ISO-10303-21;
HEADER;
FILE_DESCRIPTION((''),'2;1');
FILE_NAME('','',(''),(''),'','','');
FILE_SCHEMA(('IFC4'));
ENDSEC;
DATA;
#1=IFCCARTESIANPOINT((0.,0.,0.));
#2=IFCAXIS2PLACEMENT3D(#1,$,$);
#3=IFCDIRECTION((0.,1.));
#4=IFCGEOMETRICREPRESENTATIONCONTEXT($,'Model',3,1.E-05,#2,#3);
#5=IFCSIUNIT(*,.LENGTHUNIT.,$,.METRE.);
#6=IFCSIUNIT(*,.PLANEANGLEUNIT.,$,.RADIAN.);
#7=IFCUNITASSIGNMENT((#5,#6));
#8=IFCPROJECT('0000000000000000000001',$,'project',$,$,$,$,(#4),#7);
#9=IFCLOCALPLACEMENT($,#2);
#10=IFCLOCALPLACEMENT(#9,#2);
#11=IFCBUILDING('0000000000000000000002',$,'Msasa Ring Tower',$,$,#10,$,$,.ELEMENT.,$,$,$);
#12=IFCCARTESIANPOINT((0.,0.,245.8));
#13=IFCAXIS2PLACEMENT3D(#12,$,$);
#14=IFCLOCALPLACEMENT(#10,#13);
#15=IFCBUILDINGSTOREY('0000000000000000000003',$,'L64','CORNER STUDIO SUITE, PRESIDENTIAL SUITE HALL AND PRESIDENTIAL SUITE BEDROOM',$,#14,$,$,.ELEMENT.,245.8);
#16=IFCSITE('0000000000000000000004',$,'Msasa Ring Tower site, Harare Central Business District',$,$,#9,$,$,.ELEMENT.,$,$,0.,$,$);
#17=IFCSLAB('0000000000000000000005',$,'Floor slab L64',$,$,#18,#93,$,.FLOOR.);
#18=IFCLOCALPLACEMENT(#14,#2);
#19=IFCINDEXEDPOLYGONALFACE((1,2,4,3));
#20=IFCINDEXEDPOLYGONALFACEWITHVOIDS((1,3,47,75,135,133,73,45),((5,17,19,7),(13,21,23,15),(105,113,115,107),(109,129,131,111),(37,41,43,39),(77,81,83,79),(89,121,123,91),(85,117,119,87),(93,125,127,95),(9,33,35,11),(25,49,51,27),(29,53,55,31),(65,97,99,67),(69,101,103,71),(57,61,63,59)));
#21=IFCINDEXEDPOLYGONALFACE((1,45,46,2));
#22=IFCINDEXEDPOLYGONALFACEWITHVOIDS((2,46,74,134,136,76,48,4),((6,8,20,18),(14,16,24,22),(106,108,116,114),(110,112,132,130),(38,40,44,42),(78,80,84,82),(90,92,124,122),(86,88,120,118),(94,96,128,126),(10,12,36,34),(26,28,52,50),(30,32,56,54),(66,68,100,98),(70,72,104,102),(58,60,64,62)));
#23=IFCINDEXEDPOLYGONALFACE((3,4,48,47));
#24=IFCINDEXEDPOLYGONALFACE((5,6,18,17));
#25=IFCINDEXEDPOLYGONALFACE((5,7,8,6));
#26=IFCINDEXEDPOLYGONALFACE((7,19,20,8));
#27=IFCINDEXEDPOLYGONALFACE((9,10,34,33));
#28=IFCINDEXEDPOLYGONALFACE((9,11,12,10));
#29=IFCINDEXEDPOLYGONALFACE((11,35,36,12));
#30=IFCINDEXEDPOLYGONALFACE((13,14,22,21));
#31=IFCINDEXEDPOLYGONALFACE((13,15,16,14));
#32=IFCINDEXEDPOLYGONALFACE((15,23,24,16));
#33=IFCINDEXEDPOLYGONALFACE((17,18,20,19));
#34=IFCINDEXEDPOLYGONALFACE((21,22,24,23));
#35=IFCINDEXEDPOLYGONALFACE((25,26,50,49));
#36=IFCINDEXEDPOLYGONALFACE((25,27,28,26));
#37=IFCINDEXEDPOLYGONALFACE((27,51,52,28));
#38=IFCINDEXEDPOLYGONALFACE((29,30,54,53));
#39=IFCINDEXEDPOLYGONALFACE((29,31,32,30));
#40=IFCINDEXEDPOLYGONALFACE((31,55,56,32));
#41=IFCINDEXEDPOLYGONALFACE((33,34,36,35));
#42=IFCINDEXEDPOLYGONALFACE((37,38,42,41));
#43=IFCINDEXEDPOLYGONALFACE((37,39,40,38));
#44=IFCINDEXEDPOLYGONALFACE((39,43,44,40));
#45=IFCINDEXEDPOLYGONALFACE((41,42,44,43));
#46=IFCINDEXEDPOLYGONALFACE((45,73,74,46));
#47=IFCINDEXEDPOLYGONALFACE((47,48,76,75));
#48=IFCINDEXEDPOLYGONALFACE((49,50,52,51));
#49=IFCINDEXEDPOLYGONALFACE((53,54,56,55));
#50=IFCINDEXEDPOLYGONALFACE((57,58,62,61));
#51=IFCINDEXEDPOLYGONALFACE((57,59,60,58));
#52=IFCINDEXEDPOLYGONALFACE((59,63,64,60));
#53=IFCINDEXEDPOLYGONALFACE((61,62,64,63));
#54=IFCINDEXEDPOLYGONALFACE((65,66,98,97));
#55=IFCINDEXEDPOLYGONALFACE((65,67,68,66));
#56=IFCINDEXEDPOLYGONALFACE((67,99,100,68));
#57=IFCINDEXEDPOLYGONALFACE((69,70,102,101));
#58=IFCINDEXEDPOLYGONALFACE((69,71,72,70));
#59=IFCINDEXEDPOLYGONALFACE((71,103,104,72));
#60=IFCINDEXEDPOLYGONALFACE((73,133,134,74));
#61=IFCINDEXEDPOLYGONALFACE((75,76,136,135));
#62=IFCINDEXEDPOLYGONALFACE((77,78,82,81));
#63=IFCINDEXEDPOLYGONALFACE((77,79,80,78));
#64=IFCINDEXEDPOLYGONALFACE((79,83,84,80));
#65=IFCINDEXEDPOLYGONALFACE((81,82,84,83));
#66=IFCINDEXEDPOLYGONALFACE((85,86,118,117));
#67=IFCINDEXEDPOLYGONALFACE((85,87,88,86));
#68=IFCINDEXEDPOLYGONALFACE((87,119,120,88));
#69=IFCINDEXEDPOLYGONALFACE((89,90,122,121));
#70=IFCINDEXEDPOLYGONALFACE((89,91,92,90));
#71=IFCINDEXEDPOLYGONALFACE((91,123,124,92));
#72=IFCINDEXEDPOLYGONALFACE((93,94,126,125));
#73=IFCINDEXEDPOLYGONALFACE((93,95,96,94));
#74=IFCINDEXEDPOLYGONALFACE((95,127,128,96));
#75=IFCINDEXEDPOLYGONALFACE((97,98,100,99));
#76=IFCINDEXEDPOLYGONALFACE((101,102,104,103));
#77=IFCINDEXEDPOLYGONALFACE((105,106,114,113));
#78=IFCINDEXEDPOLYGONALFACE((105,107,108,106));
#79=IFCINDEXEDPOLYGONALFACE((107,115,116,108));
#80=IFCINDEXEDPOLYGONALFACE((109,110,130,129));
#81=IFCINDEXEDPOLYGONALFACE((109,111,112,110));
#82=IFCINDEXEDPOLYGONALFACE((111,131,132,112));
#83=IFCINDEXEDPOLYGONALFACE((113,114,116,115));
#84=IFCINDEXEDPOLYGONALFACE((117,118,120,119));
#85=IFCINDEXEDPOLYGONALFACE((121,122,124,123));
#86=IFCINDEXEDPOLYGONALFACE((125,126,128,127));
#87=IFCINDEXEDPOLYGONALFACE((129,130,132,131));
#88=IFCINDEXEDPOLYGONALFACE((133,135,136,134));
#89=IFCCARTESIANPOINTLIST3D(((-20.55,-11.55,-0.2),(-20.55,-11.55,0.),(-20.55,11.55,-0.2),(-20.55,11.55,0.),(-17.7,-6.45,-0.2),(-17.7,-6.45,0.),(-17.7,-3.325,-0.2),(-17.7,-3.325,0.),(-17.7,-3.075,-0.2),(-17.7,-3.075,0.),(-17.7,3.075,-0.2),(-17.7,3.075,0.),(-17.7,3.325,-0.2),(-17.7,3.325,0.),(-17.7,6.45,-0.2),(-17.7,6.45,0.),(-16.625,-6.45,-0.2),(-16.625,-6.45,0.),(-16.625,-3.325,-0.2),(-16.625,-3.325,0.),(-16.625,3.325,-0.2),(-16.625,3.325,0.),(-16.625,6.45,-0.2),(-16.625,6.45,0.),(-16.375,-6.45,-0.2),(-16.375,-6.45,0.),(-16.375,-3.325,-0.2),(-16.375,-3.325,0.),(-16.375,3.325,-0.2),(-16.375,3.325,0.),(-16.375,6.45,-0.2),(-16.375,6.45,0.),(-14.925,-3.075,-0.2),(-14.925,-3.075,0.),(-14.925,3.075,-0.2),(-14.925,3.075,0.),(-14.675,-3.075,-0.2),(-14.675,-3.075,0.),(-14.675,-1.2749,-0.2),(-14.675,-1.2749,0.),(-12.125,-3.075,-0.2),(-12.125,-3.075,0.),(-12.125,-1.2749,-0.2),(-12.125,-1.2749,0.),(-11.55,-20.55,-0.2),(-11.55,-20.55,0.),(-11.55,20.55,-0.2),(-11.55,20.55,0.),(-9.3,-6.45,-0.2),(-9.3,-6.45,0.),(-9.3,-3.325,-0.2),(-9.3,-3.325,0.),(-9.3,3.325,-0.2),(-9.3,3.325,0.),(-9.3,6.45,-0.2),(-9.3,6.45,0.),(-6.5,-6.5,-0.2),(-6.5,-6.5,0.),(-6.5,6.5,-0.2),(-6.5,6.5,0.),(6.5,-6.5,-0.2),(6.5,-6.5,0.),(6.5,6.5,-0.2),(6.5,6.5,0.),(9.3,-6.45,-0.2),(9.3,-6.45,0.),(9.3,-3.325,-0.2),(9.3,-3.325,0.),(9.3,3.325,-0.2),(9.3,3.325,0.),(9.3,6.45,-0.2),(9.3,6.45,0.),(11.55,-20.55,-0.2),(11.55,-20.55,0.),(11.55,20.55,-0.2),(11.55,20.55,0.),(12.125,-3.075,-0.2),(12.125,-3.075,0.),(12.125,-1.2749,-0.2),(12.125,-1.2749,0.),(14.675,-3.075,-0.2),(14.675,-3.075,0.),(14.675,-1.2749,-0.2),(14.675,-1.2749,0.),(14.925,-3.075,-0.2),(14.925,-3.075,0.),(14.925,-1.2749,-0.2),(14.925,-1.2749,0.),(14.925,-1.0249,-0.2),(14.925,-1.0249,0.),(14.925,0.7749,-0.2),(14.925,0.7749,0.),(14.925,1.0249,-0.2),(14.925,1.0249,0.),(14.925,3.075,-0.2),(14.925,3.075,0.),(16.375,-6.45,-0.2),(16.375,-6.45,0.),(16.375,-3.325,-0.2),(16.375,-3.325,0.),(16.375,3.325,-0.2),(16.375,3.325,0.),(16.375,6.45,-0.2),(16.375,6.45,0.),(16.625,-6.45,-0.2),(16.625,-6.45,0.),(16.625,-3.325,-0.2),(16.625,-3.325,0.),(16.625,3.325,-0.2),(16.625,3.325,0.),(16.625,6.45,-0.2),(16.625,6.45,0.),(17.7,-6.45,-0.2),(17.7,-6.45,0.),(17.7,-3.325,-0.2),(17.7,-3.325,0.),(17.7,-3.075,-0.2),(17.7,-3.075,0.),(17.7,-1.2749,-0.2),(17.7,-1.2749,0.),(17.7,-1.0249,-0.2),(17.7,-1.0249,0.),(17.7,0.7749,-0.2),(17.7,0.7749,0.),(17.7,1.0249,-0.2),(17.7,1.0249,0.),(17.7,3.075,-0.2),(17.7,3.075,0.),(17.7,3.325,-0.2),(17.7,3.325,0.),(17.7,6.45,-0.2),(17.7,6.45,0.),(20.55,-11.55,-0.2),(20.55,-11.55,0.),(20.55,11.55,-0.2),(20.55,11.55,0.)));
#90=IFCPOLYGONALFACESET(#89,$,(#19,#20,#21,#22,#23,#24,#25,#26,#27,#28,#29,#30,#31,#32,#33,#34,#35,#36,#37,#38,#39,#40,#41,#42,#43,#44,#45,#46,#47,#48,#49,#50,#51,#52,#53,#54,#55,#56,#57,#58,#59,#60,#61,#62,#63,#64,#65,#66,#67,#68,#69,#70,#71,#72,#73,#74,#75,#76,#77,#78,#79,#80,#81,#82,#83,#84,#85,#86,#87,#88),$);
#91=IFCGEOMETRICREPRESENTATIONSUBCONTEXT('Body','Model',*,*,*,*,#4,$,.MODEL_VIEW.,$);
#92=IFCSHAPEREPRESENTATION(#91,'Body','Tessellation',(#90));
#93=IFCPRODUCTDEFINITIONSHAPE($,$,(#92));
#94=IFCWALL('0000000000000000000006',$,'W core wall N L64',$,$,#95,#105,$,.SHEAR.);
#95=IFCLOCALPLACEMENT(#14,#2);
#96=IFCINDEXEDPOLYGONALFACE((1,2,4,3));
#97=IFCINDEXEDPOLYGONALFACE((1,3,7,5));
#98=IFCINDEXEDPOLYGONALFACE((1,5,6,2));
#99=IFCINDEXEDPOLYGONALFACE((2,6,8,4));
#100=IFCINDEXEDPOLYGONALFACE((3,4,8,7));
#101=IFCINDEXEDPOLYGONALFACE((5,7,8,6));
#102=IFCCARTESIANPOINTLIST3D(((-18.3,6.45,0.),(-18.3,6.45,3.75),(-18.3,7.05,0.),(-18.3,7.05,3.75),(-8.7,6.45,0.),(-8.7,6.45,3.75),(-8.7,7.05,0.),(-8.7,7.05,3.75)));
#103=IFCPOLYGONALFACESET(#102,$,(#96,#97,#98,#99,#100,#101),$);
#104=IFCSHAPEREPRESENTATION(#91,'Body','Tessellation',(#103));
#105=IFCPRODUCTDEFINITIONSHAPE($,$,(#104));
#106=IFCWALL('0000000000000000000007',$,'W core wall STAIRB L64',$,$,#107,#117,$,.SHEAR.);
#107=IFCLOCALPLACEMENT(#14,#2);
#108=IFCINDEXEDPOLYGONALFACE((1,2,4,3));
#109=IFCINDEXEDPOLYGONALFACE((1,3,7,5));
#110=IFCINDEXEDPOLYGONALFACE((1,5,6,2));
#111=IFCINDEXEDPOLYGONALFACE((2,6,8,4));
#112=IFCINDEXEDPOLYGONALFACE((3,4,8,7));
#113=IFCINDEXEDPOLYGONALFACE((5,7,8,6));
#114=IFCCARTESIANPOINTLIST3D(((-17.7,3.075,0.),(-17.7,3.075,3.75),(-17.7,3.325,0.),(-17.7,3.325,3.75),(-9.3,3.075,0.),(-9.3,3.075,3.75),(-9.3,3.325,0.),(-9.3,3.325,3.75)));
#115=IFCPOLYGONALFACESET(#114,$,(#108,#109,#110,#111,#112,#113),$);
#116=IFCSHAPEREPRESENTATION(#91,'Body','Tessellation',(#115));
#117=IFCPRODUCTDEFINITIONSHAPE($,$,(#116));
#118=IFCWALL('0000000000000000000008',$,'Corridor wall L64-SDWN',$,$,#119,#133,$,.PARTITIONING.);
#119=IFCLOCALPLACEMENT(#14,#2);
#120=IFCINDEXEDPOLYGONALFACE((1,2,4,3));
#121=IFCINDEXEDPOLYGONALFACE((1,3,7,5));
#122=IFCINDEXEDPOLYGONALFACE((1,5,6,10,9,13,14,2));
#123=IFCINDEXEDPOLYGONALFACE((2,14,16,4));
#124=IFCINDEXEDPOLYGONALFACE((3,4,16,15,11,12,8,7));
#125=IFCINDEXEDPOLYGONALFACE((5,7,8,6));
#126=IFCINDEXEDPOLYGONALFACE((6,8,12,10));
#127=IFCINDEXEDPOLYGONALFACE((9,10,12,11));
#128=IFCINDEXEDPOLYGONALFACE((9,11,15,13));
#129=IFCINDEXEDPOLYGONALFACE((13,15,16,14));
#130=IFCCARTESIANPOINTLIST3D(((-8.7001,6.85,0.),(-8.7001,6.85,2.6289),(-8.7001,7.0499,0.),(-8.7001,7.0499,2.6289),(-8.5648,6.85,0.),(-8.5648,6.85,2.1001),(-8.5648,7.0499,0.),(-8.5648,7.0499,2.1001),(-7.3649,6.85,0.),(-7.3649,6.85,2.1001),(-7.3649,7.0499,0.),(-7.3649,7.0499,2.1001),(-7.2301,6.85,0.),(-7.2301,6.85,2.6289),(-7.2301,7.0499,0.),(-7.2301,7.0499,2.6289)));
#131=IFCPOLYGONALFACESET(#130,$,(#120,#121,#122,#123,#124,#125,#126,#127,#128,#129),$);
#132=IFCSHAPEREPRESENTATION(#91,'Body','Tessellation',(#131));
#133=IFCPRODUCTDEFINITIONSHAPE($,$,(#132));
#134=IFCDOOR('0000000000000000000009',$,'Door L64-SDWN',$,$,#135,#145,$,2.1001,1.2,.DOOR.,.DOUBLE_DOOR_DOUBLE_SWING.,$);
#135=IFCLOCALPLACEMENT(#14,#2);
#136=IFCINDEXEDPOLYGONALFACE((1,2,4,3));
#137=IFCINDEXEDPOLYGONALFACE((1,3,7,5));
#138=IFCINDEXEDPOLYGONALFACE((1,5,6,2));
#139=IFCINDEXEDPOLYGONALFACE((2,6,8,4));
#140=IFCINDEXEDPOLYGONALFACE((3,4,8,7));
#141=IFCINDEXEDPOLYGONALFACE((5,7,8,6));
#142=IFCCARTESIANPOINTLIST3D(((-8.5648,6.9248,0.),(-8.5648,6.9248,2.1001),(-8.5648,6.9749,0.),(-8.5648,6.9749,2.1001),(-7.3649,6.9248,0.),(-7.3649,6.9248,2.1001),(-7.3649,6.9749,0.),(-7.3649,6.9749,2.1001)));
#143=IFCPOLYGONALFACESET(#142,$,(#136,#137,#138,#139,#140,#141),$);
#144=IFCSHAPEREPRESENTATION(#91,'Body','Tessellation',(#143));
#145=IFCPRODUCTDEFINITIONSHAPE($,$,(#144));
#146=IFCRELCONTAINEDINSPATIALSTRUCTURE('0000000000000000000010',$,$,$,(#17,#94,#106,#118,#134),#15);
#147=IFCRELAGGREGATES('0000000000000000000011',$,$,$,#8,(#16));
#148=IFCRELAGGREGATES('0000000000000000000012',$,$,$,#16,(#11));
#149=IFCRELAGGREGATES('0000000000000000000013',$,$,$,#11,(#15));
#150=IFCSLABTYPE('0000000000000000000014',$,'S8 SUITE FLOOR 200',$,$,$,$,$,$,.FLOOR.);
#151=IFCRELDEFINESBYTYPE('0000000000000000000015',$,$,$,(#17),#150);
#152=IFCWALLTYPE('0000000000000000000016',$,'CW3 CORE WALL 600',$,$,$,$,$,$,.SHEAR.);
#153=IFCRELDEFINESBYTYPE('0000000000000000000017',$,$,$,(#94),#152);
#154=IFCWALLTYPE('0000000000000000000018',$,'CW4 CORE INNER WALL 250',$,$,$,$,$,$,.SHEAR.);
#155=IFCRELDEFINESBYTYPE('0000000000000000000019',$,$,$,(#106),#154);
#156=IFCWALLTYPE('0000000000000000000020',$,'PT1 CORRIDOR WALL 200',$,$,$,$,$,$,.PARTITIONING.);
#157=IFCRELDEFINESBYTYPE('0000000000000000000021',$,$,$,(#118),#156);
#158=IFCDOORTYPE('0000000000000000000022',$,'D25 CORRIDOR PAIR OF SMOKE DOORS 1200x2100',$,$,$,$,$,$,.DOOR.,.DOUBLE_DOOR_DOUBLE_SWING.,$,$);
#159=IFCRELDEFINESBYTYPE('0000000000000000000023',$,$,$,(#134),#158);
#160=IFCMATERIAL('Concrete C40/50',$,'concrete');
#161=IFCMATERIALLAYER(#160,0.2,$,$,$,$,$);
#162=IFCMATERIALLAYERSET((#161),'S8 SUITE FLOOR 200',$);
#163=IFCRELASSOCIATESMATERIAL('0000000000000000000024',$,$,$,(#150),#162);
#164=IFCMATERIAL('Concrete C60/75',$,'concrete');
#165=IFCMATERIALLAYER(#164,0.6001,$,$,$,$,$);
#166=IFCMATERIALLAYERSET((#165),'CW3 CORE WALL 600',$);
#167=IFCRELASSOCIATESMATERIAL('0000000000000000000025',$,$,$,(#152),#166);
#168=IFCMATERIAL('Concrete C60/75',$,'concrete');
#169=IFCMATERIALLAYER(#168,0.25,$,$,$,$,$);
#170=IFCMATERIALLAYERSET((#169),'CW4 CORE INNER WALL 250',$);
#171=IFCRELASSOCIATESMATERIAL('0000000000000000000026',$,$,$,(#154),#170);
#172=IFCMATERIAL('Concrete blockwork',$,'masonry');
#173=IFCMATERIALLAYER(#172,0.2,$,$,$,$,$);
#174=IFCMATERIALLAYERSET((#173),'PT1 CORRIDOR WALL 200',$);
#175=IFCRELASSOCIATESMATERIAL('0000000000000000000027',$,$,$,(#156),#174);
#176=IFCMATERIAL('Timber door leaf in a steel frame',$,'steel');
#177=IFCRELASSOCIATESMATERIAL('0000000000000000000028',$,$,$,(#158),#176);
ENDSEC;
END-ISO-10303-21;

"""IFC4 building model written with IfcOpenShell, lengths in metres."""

from ifc_helpers import new_model, si_unit, direction, frame, frame_2d, origin, place, context, subcontext, project, spatial, polyline, rectangle, outline, extrude, material, layer, layer_set, type_object, element, fill, save


model = new_model("IFC4")

# Units and contexts
model_context = context("Model", 3, precision=1e-05, world=origin(), true_north=direction((0.0, 1.0)))
body_context = subcontext(model_context, "Body", "Model", "MODEL_VIEW")
ifc_project = project(units=[si_unit("LENGTHUNIT", "METRE"), si_unit("PLANEANGLEUNIT", "RADIAN")], contexts=[model_context])

# Site, building, storey
site_placement = place(None, origin())
site = spatial("IfcSite", under=ifc_project, at=site_placement, Name="Msasa Ring Tower site, Harare Central Business District", CompositionType="ELEMENT", RefElevation=0.0)
building_placement = place(site_placement, origin())
building = spatial("IfcBuilding", under=site, at=building_placement, Name="Msasa Ring Tower", CompositionType="ELEMENT")
storey_placement = place(building_placement, frame((0.0, 0.0, 245.8)))
storey = spatial("IfcBuildingStorey", under=building, at=storey_placement, Name="L64", Description="CORNER STUDIO SUITE, PRESIDENTIAL SUITE HALL AND PRESIDENTIAL SUITE BEDROOM", CompositionType="ELEMENT", Elevation=245.8)

# Slab
ifc_material_1 = material(Name="Concrete C40/50", Category="concrete")
ifc_layer_1 = layer(ifc_material_1, 0.2)
ifc_layer_set_1 = layer_set([ifc_layer_1], Name="S8 SUITE FLOOR 200")
slab_type = type_object("IfcSlabType", Name="S8 SUITE FLOOR 200", PredefinedType="FLOOR", material=ifc_layer_set_1)
slab_placement = place(storey_placement, frame((0.0, 0.0, -0.2)))
element("IfcSlab", 1, at=slab_placement, inside=storey, type_object=slab_type, Name="Floor slab L64", PredefinedType="FLOOR", context=body_context, shape_type="SweptSolid", body=[
    extrude(outline(polyline([(-11.55, -20.55), (11.55, -20.55), (20.55, -11.55), (20.55, 11.55), (11.55, 20.55), (-11.55, 20.55), (-20.55, 11.55), (-20.55, -11.55), (-11.55, -20.55)]), holes=[polyline([(-6.5, -6.5), (6.5, -6.5), (6.5, 6.5), (-6.5, 6.5), (-6.5, -6.5)]), polyline([(9.3, -6.45), (16.375, -6.45), (16.375, -3.325), (9.3, -3.325), (9.3, -6.45)]), polyline([(9.3, 3.325), (16.375, 3.325), (16.375, 6.45), (9.3, 6.45), (9.3, 3.325)]), polyline([(12.125, -3.075), (14.675, -3.075), (14.675, -1.2749), (12.125, -1.2749), (12.125, -3.075)]), polyline([(16.625, -6.45), (17.7, -6.45), (17.7, -3.325), (16.625, -3.325), (16.625, -6.45)]), polyline([(16.625, 3.325), (17.7, 3.325), (17.7, 6.45), (16.625, 6.45), (16.625, 3.325)]), polyline([(14.925, -3.075), (17.7, -3.075), (17.7, -1.2749), (14.925, -1.2749), (14.925, -3.075)]), polyline([(14.925, -1.0249), (17.7, -1.0249), (17.7, 0.7749), (14.925, 0.7749), (14.925, -1.0249)]), polyline([(14.925, 1.0249), (17.7, 1.0249), (17.7, 3.075), (14.925, 3.075), (14.925, 1.0249)]), polyline([(-16.375, -6.45), (-9.3, -6.45), (-9.3, -3.325), (-16.375, -3.325), (-16.375, -6.45)]), polyline([(-16.375, 3.325), (-9.3, 3.325), (-9.3, 6.45), (-16.375, 6.45), (-16.375, 3.325)]), polyline([(-14.675, -3.075), (-12.125, -3.075), (-12.125, -1.2749), (-14.675, -1.2749), (-14.675, -3.075)]), polyline([(-17.7, -6.45), (-16.625, -6.45), (-16.625, -3.325), (-17.7, -3.325), (-17.7, -6.45)]), polyline([(-17.7, 3.325), (-16.625, 3.325), (-16.625, 6.45), (-17.7, 6.45), (-17.7, 3.325)]), polyline([(-17.7, -3.075), (-14.925, -3.075), (-14.925, 3.075), (-17.7, 3.075), (-17.7, -3.075)])]), origin(), (0.0, 0.0, 1.0), 0.2),
])

# Walls
ifc_material_2 = material(Name="Concrete C60/75", Category="concrete")
ifc_layer_2 = layer(ifc_material_2, 0.6001)
ifc_layer_set_2 = layer_set([ifc_layer_2], Name="CW3 CORE WALL 600")
wall_type_1 = type_object("IfcWallType", Name="CW3 CORE WALL 600", PredefinedType="SHEAR", material=ifc_layer_set_2)
wall_1_placement = place(storey_placement, frame((-8.7, 6.75, 0.0), z_axis=(0.0, 0.0, 1.0), x_axis=(-1.0, 0.0, 0.0)))
element("IfcWall", 2, at=wall_1_placement, inside=storey, type_object=wall_type_1, Name="W core wall N L64", PredefinedType="SHEAR", context=body_context, shape_type="SweptSolid", body=[
    extrude(rectangle(XDim=9.6001, YDim=0.6001, at=frame_2d((4.8, 0.0))), origin(), (0.0, 0.0, 1.0), 3.75),
])
ifc_material_3 = material(Name="Concrete C60/75", Category="concrete")
ifc_layer_3 = layer(ifc_material_3, 0.25)
ifc_layer_set_3 = layer_set([ifc_layer_3], Name="CW4 CORE INNER WALL 250")
wall_type_2 = type_object("IfcWallType", Name="CW4 CORE INNER WALL 250", PredefinedType="SHEAR", material=ifc_layer_set_3)
wall_2_placement = place(storey_placement, frame((-9.3, 3.2, 0.0), z_axis=(0.0, 0.0, 1.0), x_axis=(-1.0, 0.0, 0.0)))
element("IfcWall", 3, at=wall_2_placement, inside=storey, type_object=wall_type_2, Name="W core wall STAIRB L64", PredefinedType="SHEAR", context=body_context, shape_type="SweptSolid", body=[
    extrude(rectangle(XDim=8.3999, YDim=0.25, at=frame_2d((4.2, 0.0))), origin(), (0.0, 0.0, 1.0), 3.75),
])

# Wall, opening, door
ifc_material_4 = material(Name="Concrete blockwork", Category="masonry")
ifc_layer_4 = layer(ifc_material_4, 0.2)
ifc_layer_set_4 = layer_set([ifc_layer_4], Name="PT1 CORRIDOR WALL 200")
wall_type_3 = type_object("IfcWallType", Name="PT1 CORRIDOR WALL 200", PredefinedType="PARTITIONING", material=ifc_layer_set_4)
wall_3_placement = place(storey_placement, frame((-8.7, 6.95, 0.0), z_axis=(0.0, 0.0, 1.0), x_axis=(1.0, 0.0, 0.0)))
wall_3 = element("IfcWall", 4, at=wall_3_placement, inside=storey, type_object=wall_type_3, Name="Corridor wall L64-SDWN", PredefinedType="PARTITIONING", context=body_context, shape_type="SweptSolid", body=[
    extrude(rectangle(XDim=1.47, YDim=0.2, at=frame_2d((0.7349, 0.0))), origin(), (0.0, 0.0, 1.0), 2.6289),
])
opening_placement = place(wall_3_placement, frame((0.135, 0.0, 0.0)))
opening = element("IfcOpeningElement", 5, at=opening_placement, cuts=wall_3, PredefinedType="OPENING", context=body_context, shape_type="SweptSolid", body=[
    extrude(rectangle(XDim=1.2, YDim=2.1001, at=frame_2d((0.6001, 1.05))), frame((0.0, 0.1099, 0.0), z_axis=(0.0, -1.0, 0.0), x_axis=(1.0, 0.0, 0.0)), (0.0, 0.0, 1.0), 0.22),
])
ifc_material_5 = material(Name="Timber door leaf in a steel frame", Category="steel")
door_type = type_object("IfcDoorType", Name="D25 CORRIDOR PAIR OF SMOKE DOORS 1200x2100", OperationType="DOUBLE_DOOR_DOUBLE_SWING", PredefinedType="DOOR", material=ifc_material_5)
door_placement = place(opening_placement, origin())
door = element("IfcDoor", 6, at=door_placement, inside=storey, type_object=door_type, Name="Door L64-SDWN", OperationType="DOUBLE_DOOR_DOUBLE_SWING", OverallHeight=2.1001, OverallWidth=1.2, PredefinedType="DOOR", context=body_context, shape_type="SweptSolid", body=[
    extrude(rectangle(XDim=1.2, YDim=2.1001, at=frame_2d((0.6001, 1.05))), frame((0.0, 0.0249, 0.0), z_axis=(0.0, -1.0, 0.0), x_axis=(1.0, 0.0, 0.0)), (0.0, 0.0, 1.0), 0.05),
])
fill(opening, door)

save(model, "model.ifc")
